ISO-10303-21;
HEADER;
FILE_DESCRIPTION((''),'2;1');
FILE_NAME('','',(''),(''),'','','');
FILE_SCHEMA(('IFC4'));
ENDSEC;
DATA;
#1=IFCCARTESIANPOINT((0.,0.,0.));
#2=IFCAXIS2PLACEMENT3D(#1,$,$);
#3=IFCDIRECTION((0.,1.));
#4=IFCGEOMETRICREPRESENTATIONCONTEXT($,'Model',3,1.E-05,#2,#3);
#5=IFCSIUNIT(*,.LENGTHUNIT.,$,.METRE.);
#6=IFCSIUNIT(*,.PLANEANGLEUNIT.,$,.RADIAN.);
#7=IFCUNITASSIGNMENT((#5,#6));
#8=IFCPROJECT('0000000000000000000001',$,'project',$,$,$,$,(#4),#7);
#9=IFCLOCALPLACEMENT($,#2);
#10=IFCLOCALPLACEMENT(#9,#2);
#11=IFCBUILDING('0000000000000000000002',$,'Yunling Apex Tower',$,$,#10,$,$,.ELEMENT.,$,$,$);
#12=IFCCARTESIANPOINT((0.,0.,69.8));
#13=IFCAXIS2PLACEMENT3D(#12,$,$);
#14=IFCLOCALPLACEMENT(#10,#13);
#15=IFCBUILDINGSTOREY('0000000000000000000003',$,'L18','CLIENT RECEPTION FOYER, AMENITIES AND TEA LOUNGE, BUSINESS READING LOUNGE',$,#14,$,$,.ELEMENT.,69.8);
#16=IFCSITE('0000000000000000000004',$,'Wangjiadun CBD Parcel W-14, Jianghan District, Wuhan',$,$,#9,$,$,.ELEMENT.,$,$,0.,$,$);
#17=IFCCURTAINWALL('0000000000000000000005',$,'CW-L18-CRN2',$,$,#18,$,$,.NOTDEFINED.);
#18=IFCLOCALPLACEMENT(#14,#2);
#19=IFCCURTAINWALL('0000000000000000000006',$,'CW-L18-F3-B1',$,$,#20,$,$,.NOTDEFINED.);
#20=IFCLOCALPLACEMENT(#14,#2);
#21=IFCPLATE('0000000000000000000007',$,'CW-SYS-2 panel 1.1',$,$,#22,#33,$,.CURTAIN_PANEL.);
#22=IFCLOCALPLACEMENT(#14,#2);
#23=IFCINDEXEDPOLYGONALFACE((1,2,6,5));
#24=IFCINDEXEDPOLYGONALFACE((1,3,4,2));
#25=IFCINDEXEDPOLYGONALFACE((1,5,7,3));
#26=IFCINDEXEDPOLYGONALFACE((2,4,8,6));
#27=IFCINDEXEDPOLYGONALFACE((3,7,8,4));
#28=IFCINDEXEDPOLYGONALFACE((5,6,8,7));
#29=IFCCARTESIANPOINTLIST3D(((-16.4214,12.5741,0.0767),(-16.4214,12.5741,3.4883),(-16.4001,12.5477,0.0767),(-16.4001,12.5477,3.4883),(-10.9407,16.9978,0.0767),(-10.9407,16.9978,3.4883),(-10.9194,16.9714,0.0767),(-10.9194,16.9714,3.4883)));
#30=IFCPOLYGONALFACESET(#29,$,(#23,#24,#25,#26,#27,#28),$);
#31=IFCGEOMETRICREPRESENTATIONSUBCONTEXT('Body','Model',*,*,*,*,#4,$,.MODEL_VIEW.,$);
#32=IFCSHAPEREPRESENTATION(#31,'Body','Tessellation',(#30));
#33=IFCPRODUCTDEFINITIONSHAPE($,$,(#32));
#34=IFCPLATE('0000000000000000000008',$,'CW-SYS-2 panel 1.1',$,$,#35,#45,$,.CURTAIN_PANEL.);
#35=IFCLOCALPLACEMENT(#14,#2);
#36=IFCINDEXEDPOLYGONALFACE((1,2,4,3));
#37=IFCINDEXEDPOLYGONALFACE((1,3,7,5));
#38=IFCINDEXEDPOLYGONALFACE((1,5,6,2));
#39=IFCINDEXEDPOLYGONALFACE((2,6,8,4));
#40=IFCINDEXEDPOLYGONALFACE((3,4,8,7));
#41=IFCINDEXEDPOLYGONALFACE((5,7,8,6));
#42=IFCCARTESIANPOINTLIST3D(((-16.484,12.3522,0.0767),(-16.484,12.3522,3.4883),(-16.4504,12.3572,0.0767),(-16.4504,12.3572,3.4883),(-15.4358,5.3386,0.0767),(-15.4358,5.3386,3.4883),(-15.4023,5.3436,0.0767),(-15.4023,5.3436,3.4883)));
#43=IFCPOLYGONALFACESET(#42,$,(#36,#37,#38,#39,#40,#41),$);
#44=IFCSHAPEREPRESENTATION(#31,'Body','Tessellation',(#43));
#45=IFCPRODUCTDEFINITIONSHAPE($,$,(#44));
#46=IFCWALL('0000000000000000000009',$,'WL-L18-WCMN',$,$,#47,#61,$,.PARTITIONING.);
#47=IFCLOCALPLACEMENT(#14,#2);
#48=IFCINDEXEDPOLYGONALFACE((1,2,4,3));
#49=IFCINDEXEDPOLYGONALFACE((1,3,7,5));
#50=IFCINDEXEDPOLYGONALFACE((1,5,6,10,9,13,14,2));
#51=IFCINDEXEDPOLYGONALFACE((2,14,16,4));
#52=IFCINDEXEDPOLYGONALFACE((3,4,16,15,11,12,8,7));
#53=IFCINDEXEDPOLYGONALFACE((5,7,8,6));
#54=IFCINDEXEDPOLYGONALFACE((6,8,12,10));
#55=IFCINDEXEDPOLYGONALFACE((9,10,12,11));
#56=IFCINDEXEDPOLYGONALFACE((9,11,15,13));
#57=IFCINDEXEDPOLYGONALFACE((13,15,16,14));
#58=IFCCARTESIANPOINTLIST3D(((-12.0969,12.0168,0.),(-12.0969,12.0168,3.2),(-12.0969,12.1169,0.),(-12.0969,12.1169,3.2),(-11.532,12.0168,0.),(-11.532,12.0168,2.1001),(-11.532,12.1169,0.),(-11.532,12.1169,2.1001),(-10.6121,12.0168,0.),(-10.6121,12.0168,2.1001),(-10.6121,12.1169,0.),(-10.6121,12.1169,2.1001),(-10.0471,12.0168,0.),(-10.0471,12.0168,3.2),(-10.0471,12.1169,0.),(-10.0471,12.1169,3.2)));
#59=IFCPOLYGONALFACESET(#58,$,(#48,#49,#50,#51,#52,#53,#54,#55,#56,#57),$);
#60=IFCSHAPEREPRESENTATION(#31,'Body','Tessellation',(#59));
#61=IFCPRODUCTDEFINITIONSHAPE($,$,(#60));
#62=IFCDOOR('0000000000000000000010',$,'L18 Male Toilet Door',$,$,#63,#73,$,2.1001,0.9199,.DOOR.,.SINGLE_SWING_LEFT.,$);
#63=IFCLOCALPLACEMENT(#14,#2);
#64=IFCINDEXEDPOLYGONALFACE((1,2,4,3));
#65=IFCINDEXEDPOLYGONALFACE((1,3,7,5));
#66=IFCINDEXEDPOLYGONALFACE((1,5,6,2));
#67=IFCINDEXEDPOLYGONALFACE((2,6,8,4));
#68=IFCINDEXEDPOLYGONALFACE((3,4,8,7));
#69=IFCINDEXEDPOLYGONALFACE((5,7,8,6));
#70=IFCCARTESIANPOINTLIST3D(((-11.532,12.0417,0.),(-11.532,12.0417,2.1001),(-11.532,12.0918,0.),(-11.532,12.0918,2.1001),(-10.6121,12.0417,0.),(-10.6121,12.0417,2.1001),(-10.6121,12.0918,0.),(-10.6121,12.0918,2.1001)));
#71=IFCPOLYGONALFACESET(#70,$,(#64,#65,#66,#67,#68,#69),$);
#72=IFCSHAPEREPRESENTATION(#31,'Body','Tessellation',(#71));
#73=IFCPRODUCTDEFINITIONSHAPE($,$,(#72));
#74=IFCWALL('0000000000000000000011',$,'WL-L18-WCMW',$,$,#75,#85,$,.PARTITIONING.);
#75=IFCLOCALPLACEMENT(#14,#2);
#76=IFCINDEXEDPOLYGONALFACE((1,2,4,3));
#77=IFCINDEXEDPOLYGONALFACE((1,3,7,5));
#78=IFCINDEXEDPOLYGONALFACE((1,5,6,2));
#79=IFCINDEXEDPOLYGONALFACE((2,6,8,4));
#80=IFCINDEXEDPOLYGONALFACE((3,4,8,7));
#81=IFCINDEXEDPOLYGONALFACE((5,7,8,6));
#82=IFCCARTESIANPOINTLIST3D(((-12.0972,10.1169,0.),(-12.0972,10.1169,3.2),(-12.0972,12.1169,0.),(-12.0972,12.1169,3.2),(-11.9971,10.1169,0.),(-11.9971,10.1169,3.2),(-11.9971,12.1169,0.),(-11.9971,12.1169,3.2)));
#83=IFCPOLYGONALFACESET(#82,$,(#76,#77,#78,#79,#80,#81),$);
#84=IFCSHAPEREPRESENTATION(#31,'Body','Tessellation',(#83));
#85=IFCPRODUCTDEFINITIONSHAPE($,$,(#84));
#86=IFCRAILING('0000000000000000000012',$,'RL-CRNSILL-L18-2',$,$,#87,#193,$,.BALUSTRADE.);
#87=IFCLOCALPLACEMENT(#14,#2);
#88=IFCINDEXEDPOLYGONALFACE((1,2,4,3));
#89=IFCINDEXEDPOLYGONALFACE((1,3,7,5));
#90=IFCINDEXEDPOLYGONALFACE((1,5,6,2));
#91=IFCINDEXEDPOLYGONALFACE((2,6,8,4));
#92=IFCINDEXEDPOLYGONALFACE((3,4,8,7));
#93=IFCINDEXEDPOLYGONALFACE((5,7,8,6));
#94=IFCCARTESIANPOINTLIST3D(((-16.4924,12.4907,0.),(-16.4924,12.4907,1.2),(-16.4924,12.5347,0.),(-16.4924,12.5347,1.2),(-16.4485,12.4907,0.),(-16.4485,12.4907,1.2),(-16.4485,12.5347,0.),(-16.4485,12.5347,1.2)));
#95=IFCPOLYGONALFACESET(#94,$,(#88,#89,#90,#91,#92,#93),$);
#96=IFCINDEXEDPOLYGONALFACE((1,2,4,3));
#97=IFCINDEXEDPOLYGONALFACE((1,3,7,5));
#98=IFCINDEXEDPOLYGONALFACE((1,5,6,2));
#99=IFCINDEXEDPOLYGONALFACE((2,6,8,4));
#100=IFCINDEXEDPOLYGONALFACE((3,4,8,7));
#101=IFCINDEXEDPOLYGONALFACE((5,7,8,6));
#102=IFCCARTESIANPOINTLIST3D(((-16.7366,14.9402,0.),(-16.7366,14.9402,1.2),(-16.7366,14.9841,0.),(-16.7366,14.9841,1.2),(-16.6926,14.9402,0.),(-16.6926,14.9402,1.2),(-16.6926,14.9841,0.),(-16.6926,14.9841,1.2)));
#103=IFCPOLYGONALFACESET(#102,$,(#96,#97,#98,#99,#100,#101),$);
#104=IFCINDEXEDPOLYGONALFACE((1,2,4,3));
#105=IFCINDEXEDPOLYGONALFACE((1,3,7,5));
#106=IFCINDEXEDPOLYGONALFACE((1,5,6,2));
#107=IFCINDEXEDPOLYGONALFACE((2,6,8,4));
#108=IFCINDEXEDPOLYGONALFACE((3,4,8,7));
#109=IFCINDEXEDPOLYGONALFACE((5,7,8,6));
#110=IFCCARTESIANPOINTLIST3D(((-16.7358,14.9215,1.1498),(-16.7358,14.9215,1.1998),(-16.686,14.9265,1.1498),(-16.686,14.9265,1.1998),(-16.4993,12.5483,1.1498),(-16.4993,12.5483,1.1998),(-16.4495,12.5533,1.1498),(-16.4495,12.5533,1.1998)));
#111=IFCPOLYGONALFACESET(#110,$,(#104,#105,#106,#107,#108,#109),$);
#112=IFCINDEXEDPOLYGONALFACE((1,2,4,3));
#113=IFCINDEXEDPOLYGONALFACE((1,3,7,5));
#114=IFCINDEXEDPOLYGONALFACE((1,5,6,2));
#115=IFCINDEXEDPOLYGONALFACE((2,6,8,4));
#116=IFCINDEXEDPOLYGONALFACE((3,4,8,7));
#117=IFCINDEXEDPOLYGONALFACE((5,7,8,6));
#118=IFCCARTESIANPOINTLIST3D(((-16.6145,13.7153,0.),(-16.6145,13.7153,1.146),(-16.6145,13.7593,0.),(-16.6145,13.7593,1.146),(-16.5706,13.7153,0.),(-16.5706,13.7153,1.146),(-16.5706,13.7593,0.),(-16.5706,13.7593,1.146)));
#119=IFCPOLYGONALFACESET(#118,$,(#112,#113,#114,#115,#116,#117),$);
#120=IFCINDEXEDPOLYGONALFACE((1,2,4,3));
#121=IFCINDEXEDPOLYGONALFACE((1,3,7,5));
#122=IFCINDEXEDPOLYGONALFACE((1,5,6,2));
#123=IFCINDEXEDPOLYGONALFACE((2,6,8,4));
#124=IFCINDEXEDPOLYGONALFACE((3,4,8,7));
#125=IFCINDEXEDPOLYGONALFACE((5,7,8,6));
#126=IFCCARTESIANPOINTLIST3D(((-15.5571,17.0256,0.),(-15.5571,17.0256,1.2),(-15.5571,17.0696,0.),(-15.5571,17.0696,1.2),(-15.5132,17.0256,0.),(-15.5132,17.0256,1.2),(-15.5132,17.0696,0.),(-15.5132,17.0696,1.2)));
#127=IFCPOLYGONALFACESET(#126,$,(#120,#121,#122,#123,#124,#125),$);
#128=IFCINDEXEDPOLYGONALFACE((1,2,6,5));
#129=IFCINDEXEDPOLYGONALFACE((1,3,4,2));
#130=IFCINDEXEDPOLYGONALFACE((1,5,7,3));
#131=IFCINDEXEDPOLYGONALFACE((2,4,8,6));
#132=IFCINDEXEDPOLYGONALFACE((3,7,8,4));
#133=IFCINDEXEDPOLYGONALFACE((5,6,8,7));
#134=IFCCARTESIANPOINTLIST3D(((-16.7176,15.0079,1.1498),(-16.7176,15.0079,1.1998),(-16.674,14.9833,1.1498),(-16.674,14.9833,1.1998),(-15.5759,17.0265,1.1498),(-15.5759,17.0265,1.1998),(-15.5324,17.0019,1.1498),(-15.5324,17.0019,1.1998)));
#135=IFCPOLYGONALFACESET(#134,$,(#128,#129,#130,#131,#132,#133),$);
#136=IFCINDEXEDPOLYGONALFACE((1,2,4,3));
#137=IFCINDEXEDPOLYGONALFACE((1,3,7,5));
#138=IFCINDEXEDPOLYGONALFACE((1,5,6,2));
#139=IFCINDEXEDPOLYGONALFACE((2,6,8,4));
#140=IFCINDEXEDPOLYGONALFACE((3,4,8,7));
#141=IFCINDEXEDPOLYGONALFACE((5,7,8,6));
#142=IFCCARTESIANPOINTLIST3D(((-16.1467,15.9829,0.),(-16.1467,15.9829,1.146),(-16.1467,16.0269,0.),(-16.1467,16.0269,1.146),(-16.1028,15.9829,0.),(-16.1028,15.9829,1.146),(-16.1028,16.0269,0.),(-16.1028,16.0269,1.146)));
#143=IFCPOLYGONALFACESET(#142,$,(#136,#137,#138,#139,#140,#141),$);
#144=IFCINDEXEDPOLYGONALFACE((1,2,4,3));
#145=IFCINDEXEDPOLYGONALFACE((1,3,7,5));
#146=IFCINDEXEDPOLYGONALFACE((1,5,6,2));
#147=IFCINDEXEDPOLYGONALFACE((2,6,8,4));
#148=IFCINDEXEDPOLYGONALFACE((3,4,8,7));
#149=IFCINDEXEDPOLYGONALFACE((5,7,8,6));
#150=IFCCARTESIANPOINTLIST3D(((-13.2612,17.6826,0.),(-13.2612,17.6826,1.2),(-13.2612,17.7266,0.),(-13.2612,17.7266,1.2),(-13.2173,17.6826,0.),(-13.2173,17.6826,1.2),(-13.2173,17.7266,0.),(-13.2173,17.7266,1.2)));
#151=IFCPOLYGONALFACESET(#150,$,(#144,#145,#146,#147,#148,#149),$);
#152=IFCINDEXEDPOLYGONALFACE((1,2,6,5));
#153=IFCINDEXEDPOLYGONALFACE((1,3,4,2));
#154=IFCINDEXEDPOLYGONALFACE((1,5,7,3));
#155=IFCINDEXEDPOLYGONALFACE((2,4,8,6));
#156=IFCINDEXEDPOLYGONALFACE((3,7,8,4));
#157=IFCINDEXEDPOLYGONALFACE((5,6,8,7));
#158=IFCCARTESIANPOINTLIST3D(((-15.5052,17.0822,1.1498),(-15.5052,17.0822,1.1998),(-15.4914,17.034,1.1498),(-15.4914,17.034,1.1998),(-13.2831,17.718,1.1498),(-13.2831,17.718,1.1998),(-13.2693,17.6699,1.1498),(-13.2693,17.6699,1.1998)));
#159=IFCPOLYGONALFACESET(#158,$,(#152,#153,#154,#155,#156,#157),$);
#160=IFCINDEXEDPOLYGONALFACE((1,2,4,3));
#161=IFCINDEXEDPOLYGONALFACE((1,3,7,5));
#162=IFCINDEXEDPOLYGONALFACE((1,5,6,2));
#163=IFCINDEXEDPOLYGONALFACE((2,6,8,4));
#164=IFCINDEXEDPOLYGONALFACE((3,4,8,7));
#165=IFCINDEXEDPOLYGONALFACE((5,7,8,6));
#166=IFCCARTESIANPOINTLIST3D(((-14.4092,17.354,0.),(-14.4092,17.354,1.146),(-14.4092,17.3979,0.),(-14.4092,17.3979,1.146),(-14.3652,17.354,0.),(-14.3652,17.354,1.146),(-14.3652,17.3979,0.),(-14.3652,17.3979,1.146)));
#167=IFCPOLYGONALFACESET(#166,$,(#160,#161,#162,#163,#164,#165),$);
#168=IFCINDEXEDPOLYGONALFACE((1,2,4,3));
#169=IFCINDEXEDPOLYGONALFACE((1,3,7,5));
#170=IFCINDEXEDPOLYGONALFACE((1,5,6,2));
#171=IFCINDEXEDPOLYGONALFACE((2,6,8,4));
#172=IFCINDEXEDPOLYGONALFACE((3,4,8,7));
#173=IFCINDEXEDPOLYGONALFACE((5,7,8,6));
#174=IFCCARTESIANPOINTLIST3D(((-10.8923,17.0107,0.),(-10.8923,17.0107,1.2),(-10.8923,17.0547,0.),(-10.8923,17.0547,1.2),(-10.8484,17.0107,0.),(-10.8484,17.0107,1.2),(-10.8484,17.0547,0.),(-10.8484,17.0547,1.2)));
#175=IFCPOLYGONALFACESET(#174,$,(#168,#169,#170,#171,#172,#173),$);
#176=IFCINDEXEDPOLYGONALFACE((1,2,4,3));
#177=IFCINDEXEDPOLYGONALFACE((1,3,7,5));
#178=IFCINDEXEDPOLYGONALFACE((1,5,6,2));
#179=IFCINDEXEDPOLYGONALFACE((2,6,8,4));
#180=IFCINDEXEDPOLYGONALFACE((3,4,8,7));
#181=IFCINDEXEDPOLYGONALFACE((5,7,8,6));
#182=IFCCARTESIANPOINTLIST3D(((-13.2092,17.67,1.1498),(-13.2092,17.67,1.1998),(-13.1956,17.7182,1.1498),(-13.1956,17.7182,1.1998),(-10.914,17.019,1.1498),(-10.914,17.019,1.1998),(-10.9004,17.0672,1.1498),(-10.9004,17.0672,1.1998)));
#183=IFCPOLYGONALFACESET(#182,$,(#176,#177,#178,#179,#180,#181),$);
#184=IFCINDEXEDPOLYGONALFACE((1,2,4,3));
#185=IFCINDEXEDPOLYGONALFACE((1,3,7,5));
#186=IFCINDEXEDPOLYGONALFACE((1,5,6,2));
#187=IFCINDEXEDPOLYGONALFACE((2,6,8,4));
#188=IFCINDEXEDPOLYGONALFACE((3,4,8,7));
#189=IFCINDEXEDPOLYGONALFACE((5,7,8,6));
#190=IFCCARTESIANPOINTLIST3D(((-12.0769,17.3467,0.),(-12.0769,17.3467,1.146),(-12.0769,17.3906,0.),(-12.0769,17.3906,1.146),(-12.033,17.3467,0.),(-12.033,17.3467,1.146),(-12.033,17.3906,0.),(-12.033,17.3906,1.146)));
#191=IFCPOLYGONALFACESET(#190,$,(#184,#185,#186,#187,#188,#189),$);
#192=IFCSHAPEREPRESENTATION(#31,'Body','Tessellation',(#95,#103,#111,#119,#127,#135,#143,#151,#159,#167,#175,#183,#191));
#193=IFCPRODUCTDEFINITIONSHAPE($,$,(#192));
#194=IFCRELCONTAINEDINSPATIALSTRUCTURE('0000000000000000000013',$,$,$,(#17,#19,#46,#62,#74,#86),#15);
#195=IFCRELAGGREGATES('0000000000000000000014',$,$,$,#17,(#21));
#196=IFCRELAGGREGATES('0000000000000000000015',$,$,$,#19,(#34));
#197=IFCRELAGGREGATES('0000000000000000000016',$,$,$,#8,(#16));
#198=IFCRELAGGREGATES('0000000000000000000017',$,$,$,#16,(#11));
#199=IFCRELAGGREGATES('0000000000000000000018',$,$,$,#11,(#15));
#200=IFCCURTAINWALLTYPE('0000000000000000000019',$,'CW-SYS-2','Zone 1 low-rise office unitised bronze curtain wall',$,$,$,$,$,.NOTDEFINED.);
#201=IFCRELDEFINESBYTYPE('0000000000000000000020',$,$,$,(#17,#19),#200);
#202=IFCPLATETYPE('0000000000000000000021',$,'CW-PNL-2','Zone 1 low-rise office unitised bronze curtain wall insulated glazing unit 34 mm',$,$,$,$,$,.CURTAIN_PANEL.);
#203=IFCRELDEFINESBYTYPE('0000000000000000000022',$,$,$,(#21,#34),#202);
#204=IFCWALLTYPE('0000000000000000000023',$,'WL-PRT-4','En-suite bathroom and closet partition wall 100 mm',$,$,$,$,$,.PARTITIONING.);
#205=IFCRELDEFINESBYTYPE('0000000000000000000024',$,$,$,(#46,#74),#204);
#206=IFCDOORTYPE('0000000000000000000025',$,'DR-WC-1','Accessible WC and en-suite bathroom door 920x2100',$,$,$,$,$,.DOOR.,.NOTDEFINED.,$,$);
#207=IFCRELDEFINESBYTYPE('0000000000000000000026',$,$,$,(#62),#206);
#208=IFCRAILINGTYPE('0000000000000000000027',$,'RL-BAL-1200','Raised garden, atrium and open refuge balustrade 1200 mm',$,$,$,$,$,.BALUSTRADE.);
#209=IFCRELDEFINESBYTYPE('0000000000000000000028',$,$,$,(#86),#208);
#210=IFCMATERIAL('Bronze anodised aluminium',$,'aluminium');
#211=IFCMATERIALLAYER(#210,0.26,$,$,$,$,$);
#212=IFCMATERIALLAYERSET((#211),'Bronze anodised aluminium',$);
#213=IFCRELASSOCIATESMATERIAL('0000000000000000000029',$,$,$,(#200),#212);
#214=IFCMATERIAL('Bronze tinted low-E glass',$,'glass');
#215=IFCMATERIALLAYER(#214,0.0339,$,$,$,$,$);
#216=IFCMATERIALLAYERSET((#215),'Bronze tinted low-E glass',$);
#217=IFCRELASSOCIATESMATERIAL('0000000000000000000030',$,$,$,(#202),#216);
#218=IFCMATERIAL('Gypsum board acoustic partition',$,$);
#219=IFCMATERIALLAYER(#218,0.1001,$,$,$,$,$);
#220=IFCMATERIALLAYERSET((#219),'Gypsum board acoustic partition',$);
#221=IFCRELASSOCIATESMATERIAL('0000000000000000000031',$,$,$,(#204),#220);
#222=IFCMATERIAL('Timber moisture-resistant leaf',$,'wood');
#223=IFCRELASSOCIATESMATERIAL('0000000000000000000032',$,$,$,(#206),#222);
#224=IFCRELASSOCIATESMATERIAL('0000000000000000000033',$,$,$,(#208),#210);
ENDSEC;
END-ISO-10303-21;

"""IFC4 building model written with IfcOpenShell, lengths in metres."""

from ifc_helpers import new_model, si_unit, direction, frame, frame_2d, origin, origin_2d, place, context, subcontext, project, spatial, rectangle, extrude, source, transform, mapped, material, layer, layer_set, type_object, element, fill, aggregate, save


model = new_model("IFC4")

# Units and contexts
model_context = context("Model", 3, precision=1e-05, world=origin(), true_north=direction((0.0, 1.0)))
body_context = subcontext(model_context, "Body", "Model", "MODEL_VIEW")
ifc_project = project(units=[si_unit("LENGTHUNIT", "METRE"), si_unit("PLANEANGLEUNIT", "RADIAN")], contexts=[model_context])

# Site, building, storey
site_placement = place(None, origin())
site = spatial("IfcSite", under=ifc_project, at=site_placement, Name="Wangjiadun CBD Parcel W-14, Jianghan District, Wuhan", CompositionType="ELEMENT", RefElevation=0.0)
building_placement = place(site_placement, origin())
building = spatial("IfcBuilding", under=site, at=building_placement, Name="Yunling Apex Tower", CompositionType="ELEMENT")
storey_placement = place(building_placement, frame((0.0, 0.0, 69.8)))
storey = spatial("IfcBuildingStorey", under=building, at=storey_placement, Name="L18", Description="CLIENT RECEPTION FOYER, AMENITIES AND TEA LOUNGE, BUSINESS READING LOUNGE", CompositionType="ELEMENT", Elevation=69.8)

# Curtain walls
ifc_material_1 = material(Name="Bronze anodised aluminium", Category="aluminium")
ifc_layer_1 = layer(ifc_material_1, 0.26)
ifc_layer_set_1 = layer_set([ifc_layer_1], Name="Bronze anodised aluminium")
curtain_wall_type = type_object("IfcCurtainWallType", Name="CW-SYS-2", Description="Zone 1 low-rise office unitised bronze curtain wall", PredefinedType="NOTDEFINED", material=ifc_layer_set_1)
curtain_wall_1_placement = place(storey_placement, origin())
curtain_wall_1 = element("IfcCurtainWall", 1, at=curtain_wall_1_placement, inside=storey, type_object=curtain_wall_type, Name="CW-L18-CRN2", PredefinedType="NOTDEFINED")
curtain_wall_2_placement = place(storey_placement, origin())
curtain_wall_2 = element("IfcCurtainWall", 2, at=curtain_wall_2_placement, inside=storey, type_object=curtain_wall_type, Name="CW-L18-F3-B1", PredefinedType="NOTDEFINED")

# Plates
ifc_material_2 = material(Name="Bronze tinted low-E glass", Category="glass")
ifc_layer_2 = layer(ifc_material_2, 0.0339)
ifc_layer_set_2 = layer_set([ifc_layer_2], Name="Bronze tinted low-E glass")
plate_type = type_object("IfcPlateType", Name="CW-PNL-2", Description="Zone 1 low-rise office unitised bronze curtain wall insulated glazing unit 34 mm", PredefinedType="CURTAIN_PANEL", material=ifc_layer_set_2)
shared_shape_1 = source(origin(), body_context, "Body", "SweptSolid", [
    extrude(rectangle(XDim=7.0432, YDim=0.0339, at=origin_2d()), origin(), (0.0, 0.0, 1.0), 3.4116),
])
plate_1_placement = place(storey_placement, frame((-13.6704, 14.7727, 0.0767), z_axis=(0.0, 0.0, 1.0), x_axis=(-0.778149, -0.62808, 0.0)))
plate_1 = element("IfcPlate", 3, at=plate_1_placement, type_object=plate_type, Name="CW-SYS-2 panel 1.1", PredefinedType="CURTAIN_PANEL", context=body_context, shape_type="MappedRepresentation", body=[
    mapped(shared_shape_1, transform((0.0, 0.0, 0.0), scale=1.0)),
])
aggregate(curtain_wall_1, [plate_1])
shared_shape_2 = source(origin(), body_context, "Body", "SweptSolid", [
    extrude(rectangle(XDim=7.0916, YDim=0.0339, at=origin_2d()), origin(), (0.0, 0.0, 1.0), 3.4116),
])
plate_2_placement = place(storey_placement, frame((-15.9431, 8.8479, 0.0767), z_axis=(0.0, 0.0, 1.0), x_axis=(0.147799, -0.989017, 0.0)))
plate_2 = element("IfcPlate", 4, at=plate_2_placement, type_object=plate_type, Name="CW-SYS-2 panel 1.1", PredefinedType="CURTAIN_PANEL", context=body_context, shape_type="MappedRepresentation", body=[
    mapped(shared_shape_2, transform((0.0, 0.0, 0.0), scale=1.0)),
])
aggregate(curtain_wall_2, [plate_2])

# Wall, opening, door
ifc_material_3 = material(Name="Gypsum board acoustic partition")
ifc_layer_3 = layer(ifc_material_3, 0.1001)
ifc_layer_set_3 = layer_set([ifc_layer_3], Name="Gypsum board acoustic partition")
wall_type = type_object("IfcWallType", Name="WL-PRT-4", Description="En-suite bathroom and closet partition wall 100 mm", PredefinedType="PARTITIONING", material=ifc_layer_set_3)
wall_1_placement = place(storey_placement, frame((-12.0969, 12.0669, 0.0), z_axis=(0.0, 0.0, 1.0), x_axis=(1.0, 0.0, 0.0)))
wall_1 = element("IfcWall", 5, at=wall_1_placement, inside=storey, type_object=wall_type, Name="WL-L18-WCMN", PredefinedType="PARTITIONING", context=body_context, shape_type="SweptSolid", body=[
    extrude(rectangle(XDim=2.0498, YDim=0.1001, at=frame_2d((1.0249, 0.0))), origin(), (0.0, 0.0, 1.0), 3.2),
])
opening_placement = place(wall_1_placement, frame((0.5649, 0.0, 0.0)))
opening = element("IfcOpeningElement", 6, at=opening_placement, cuts=wall_1, PredefinedType="OPENING", context=body_context, shape_type="SweptSolid", body=[
    extrude(rectangle(XDim=0.9199, YDim=2.1001, at=frame_2d((0.46, 1.05))), frame((0.0, 0.0601, 0.0), z_axis=(0.0, -1.0, 0.0), x_axis=(1.0, 0.0, 0.0)), (0.0, 0.0, 1.0), 0.1201),
])
ifc_material_4 = material(Name="Timber moisture-resistant leaf", Category="wood")
door_type = type_object("IfcDoorType", Name="DR-WC-1", Description="Accessible WC and en-suite bathroom door 920x2100", OperationType="NOTDEFINED", PredefinedType="DOOR", material=ifc_material_4)
door_placement = place(opening_placement, origin())
door = element("IfcDoor", 7, at=door_placement, inside=storey, type_object=door_type, Name="L18 Male Toilet Door", OperationType="SINGLE_SWING_LEFT", OverallHeight=2.1001, OverallWidth=0.9199, PredefinedType="DOOR", context=body_context, shape_type="SweptSolid", body=[
    extrude(rectangle(XDim=0.9199, YDim=2.1001, at=frame_2d((0.46, 1.05))), frame((0.0, 0.0249, 0.0), z_axis=(0.0, -1.0, 0.0), x_axis=(1.0, 0.0, 0.0)), (0.0, 0.0, 1.0), 0.05),
])
fill(opening, door)

# Wall
wall_2_placement = place(storey_placement, frame((-12.0471, 10.1169, 0.0), z_axis=(0.0, 0.0, 1.0), x_axis=(0.0, 1.0, 0.0)))
element("IfcWall", 8, at=wall_2_placement, inside=storey, type_object=wall_type, Name="WL-L18-WCMW", PredefinedType="PARTITIONING", context=body_context, shape_type="SweptSolid", body=[
    extrude(rectangle(XDim=2.0, YDim=0.1001, at=frame_2d((1.0, 0.0))), origin(), (0.0, 0.0, 1.0), 3.2),
])

# Railing
railing_type = type_object("IfcRailingType", Name="RL-BAL-1200", Description="Raised garden, atrium and open refuge balustrade 1200 mm", PredefinedType="BALUSTRADE", material=ifc_material_1)
railing_placement = place(storey_placement, frame((-16.4705, 12.5127, 0.0)))
element("IfcRailing", 9, at=railing_placement, inside=storey, type_object=railing_type, Name="RL-CRNSILL-L18-2", PredefinedType="BALUSTRADE", context=body_context, shape_type="SweptSolid", body=[
    extrude(rectangle(XDim=0.0439, YDim=0.0439, at=origin_2d()), origin(), (0.0, 0.0, 1.0), 1.2),
    extrude(rectangle(XDim=0.0439, YDim=0.0439, at=origin_2d()), frame((-0.2441, 2.4495, 0.0)), (0.0, 0.0, 1.0), 1.2),
    extrude(rectangle(XDim=0.05, YDim=0.05, at=origin_2d()), frame((-0.0039, 0.0381, 1.1748), z_axis=(-0.09918, 0.99507, 0.0), x_axis=(-0.99507, -0.09918, 0.0)), (0.0, 0.0, 1.0), 2.385),
    extrude(rectangle(XDim=0.0439, YDim=0.0439, at=origin_2d()), frame((-0.1221, 1.2246, 0.0)), (0.0, 0.0, 1.0), 1.146),
    extrude(rectangle(XDim=0.0439, YDim=0.0439, at=origin_2d()), frame((0.9353, 4.5349, 0.0)), (0.0, 0.0, 1.0), 1.2),
    extrude(rectangle(XDim=0.05, YDim=0.05, at=origin_2d()), frame((-0.2253, 2.4829, 1.1748), z_axis=(0.492282, 0.870436, 0.0), x_axis=(-0.870436, 0.492282, 0.0)), (0.0, 0.0, 1.0), 2.3191),
    extrude(rectangle(XDim=0.0439, YDim=0.0439, at=origin_2d()), frame((0.3457, 3.4922, 0.0)), (0.0, 0.0, 1.0), 1.146),
    extrude(rectangle(XDim=0.0439, YDim=0.0439, at=origin_2d()), frame((3.2312, 5.1919, 0.0)), (0.0, 0.0, 1.0), 1.2),
    extrude(rectangle(XDim=0.05, YDim=0.05, at=origin_2d()), frame((0.9722, 4.5454, 1.1748), z_axis=(0.961412, 0.275113, 0.0), x_axis=(-0.275113, 0.961412, 0.0)), (0.0, 0.0, 1.0), 2.3113),
    extrude(rectangle(XDim=0.0439, YDim=0.0439, at=origin_2d()), frame((2.0833, 4.8633, 0.0)), (0.0, 0.0, 1.0), 1.146),
    extrude(rectangle(XDim=0.0439, YDim=0.0439, at=origin_2d()), frame((5.6001, 4.52, 0.0)), (0.0, 0.0, 1.0), 1.2),
    extrude(rectangle(XDim=0.05, YDim=0.05, at=origin_2d()), frame((3.2681, 5.1814, 1.1748), z_axis=(0.962053, -0.272861, 0.0), x_axis=(0.272861, 0.962053, 0.0)), (0.0, 0.0, 1.0), 2.3857),
    extrude(rectangle(XDim=0.0439, YDim=0.0439, at=origin_2d()), frame((4.4155, 4.856, 0.0)), (0.0, 0.0, 1.0), 1.146),
])

save(model, "model.ifc")
